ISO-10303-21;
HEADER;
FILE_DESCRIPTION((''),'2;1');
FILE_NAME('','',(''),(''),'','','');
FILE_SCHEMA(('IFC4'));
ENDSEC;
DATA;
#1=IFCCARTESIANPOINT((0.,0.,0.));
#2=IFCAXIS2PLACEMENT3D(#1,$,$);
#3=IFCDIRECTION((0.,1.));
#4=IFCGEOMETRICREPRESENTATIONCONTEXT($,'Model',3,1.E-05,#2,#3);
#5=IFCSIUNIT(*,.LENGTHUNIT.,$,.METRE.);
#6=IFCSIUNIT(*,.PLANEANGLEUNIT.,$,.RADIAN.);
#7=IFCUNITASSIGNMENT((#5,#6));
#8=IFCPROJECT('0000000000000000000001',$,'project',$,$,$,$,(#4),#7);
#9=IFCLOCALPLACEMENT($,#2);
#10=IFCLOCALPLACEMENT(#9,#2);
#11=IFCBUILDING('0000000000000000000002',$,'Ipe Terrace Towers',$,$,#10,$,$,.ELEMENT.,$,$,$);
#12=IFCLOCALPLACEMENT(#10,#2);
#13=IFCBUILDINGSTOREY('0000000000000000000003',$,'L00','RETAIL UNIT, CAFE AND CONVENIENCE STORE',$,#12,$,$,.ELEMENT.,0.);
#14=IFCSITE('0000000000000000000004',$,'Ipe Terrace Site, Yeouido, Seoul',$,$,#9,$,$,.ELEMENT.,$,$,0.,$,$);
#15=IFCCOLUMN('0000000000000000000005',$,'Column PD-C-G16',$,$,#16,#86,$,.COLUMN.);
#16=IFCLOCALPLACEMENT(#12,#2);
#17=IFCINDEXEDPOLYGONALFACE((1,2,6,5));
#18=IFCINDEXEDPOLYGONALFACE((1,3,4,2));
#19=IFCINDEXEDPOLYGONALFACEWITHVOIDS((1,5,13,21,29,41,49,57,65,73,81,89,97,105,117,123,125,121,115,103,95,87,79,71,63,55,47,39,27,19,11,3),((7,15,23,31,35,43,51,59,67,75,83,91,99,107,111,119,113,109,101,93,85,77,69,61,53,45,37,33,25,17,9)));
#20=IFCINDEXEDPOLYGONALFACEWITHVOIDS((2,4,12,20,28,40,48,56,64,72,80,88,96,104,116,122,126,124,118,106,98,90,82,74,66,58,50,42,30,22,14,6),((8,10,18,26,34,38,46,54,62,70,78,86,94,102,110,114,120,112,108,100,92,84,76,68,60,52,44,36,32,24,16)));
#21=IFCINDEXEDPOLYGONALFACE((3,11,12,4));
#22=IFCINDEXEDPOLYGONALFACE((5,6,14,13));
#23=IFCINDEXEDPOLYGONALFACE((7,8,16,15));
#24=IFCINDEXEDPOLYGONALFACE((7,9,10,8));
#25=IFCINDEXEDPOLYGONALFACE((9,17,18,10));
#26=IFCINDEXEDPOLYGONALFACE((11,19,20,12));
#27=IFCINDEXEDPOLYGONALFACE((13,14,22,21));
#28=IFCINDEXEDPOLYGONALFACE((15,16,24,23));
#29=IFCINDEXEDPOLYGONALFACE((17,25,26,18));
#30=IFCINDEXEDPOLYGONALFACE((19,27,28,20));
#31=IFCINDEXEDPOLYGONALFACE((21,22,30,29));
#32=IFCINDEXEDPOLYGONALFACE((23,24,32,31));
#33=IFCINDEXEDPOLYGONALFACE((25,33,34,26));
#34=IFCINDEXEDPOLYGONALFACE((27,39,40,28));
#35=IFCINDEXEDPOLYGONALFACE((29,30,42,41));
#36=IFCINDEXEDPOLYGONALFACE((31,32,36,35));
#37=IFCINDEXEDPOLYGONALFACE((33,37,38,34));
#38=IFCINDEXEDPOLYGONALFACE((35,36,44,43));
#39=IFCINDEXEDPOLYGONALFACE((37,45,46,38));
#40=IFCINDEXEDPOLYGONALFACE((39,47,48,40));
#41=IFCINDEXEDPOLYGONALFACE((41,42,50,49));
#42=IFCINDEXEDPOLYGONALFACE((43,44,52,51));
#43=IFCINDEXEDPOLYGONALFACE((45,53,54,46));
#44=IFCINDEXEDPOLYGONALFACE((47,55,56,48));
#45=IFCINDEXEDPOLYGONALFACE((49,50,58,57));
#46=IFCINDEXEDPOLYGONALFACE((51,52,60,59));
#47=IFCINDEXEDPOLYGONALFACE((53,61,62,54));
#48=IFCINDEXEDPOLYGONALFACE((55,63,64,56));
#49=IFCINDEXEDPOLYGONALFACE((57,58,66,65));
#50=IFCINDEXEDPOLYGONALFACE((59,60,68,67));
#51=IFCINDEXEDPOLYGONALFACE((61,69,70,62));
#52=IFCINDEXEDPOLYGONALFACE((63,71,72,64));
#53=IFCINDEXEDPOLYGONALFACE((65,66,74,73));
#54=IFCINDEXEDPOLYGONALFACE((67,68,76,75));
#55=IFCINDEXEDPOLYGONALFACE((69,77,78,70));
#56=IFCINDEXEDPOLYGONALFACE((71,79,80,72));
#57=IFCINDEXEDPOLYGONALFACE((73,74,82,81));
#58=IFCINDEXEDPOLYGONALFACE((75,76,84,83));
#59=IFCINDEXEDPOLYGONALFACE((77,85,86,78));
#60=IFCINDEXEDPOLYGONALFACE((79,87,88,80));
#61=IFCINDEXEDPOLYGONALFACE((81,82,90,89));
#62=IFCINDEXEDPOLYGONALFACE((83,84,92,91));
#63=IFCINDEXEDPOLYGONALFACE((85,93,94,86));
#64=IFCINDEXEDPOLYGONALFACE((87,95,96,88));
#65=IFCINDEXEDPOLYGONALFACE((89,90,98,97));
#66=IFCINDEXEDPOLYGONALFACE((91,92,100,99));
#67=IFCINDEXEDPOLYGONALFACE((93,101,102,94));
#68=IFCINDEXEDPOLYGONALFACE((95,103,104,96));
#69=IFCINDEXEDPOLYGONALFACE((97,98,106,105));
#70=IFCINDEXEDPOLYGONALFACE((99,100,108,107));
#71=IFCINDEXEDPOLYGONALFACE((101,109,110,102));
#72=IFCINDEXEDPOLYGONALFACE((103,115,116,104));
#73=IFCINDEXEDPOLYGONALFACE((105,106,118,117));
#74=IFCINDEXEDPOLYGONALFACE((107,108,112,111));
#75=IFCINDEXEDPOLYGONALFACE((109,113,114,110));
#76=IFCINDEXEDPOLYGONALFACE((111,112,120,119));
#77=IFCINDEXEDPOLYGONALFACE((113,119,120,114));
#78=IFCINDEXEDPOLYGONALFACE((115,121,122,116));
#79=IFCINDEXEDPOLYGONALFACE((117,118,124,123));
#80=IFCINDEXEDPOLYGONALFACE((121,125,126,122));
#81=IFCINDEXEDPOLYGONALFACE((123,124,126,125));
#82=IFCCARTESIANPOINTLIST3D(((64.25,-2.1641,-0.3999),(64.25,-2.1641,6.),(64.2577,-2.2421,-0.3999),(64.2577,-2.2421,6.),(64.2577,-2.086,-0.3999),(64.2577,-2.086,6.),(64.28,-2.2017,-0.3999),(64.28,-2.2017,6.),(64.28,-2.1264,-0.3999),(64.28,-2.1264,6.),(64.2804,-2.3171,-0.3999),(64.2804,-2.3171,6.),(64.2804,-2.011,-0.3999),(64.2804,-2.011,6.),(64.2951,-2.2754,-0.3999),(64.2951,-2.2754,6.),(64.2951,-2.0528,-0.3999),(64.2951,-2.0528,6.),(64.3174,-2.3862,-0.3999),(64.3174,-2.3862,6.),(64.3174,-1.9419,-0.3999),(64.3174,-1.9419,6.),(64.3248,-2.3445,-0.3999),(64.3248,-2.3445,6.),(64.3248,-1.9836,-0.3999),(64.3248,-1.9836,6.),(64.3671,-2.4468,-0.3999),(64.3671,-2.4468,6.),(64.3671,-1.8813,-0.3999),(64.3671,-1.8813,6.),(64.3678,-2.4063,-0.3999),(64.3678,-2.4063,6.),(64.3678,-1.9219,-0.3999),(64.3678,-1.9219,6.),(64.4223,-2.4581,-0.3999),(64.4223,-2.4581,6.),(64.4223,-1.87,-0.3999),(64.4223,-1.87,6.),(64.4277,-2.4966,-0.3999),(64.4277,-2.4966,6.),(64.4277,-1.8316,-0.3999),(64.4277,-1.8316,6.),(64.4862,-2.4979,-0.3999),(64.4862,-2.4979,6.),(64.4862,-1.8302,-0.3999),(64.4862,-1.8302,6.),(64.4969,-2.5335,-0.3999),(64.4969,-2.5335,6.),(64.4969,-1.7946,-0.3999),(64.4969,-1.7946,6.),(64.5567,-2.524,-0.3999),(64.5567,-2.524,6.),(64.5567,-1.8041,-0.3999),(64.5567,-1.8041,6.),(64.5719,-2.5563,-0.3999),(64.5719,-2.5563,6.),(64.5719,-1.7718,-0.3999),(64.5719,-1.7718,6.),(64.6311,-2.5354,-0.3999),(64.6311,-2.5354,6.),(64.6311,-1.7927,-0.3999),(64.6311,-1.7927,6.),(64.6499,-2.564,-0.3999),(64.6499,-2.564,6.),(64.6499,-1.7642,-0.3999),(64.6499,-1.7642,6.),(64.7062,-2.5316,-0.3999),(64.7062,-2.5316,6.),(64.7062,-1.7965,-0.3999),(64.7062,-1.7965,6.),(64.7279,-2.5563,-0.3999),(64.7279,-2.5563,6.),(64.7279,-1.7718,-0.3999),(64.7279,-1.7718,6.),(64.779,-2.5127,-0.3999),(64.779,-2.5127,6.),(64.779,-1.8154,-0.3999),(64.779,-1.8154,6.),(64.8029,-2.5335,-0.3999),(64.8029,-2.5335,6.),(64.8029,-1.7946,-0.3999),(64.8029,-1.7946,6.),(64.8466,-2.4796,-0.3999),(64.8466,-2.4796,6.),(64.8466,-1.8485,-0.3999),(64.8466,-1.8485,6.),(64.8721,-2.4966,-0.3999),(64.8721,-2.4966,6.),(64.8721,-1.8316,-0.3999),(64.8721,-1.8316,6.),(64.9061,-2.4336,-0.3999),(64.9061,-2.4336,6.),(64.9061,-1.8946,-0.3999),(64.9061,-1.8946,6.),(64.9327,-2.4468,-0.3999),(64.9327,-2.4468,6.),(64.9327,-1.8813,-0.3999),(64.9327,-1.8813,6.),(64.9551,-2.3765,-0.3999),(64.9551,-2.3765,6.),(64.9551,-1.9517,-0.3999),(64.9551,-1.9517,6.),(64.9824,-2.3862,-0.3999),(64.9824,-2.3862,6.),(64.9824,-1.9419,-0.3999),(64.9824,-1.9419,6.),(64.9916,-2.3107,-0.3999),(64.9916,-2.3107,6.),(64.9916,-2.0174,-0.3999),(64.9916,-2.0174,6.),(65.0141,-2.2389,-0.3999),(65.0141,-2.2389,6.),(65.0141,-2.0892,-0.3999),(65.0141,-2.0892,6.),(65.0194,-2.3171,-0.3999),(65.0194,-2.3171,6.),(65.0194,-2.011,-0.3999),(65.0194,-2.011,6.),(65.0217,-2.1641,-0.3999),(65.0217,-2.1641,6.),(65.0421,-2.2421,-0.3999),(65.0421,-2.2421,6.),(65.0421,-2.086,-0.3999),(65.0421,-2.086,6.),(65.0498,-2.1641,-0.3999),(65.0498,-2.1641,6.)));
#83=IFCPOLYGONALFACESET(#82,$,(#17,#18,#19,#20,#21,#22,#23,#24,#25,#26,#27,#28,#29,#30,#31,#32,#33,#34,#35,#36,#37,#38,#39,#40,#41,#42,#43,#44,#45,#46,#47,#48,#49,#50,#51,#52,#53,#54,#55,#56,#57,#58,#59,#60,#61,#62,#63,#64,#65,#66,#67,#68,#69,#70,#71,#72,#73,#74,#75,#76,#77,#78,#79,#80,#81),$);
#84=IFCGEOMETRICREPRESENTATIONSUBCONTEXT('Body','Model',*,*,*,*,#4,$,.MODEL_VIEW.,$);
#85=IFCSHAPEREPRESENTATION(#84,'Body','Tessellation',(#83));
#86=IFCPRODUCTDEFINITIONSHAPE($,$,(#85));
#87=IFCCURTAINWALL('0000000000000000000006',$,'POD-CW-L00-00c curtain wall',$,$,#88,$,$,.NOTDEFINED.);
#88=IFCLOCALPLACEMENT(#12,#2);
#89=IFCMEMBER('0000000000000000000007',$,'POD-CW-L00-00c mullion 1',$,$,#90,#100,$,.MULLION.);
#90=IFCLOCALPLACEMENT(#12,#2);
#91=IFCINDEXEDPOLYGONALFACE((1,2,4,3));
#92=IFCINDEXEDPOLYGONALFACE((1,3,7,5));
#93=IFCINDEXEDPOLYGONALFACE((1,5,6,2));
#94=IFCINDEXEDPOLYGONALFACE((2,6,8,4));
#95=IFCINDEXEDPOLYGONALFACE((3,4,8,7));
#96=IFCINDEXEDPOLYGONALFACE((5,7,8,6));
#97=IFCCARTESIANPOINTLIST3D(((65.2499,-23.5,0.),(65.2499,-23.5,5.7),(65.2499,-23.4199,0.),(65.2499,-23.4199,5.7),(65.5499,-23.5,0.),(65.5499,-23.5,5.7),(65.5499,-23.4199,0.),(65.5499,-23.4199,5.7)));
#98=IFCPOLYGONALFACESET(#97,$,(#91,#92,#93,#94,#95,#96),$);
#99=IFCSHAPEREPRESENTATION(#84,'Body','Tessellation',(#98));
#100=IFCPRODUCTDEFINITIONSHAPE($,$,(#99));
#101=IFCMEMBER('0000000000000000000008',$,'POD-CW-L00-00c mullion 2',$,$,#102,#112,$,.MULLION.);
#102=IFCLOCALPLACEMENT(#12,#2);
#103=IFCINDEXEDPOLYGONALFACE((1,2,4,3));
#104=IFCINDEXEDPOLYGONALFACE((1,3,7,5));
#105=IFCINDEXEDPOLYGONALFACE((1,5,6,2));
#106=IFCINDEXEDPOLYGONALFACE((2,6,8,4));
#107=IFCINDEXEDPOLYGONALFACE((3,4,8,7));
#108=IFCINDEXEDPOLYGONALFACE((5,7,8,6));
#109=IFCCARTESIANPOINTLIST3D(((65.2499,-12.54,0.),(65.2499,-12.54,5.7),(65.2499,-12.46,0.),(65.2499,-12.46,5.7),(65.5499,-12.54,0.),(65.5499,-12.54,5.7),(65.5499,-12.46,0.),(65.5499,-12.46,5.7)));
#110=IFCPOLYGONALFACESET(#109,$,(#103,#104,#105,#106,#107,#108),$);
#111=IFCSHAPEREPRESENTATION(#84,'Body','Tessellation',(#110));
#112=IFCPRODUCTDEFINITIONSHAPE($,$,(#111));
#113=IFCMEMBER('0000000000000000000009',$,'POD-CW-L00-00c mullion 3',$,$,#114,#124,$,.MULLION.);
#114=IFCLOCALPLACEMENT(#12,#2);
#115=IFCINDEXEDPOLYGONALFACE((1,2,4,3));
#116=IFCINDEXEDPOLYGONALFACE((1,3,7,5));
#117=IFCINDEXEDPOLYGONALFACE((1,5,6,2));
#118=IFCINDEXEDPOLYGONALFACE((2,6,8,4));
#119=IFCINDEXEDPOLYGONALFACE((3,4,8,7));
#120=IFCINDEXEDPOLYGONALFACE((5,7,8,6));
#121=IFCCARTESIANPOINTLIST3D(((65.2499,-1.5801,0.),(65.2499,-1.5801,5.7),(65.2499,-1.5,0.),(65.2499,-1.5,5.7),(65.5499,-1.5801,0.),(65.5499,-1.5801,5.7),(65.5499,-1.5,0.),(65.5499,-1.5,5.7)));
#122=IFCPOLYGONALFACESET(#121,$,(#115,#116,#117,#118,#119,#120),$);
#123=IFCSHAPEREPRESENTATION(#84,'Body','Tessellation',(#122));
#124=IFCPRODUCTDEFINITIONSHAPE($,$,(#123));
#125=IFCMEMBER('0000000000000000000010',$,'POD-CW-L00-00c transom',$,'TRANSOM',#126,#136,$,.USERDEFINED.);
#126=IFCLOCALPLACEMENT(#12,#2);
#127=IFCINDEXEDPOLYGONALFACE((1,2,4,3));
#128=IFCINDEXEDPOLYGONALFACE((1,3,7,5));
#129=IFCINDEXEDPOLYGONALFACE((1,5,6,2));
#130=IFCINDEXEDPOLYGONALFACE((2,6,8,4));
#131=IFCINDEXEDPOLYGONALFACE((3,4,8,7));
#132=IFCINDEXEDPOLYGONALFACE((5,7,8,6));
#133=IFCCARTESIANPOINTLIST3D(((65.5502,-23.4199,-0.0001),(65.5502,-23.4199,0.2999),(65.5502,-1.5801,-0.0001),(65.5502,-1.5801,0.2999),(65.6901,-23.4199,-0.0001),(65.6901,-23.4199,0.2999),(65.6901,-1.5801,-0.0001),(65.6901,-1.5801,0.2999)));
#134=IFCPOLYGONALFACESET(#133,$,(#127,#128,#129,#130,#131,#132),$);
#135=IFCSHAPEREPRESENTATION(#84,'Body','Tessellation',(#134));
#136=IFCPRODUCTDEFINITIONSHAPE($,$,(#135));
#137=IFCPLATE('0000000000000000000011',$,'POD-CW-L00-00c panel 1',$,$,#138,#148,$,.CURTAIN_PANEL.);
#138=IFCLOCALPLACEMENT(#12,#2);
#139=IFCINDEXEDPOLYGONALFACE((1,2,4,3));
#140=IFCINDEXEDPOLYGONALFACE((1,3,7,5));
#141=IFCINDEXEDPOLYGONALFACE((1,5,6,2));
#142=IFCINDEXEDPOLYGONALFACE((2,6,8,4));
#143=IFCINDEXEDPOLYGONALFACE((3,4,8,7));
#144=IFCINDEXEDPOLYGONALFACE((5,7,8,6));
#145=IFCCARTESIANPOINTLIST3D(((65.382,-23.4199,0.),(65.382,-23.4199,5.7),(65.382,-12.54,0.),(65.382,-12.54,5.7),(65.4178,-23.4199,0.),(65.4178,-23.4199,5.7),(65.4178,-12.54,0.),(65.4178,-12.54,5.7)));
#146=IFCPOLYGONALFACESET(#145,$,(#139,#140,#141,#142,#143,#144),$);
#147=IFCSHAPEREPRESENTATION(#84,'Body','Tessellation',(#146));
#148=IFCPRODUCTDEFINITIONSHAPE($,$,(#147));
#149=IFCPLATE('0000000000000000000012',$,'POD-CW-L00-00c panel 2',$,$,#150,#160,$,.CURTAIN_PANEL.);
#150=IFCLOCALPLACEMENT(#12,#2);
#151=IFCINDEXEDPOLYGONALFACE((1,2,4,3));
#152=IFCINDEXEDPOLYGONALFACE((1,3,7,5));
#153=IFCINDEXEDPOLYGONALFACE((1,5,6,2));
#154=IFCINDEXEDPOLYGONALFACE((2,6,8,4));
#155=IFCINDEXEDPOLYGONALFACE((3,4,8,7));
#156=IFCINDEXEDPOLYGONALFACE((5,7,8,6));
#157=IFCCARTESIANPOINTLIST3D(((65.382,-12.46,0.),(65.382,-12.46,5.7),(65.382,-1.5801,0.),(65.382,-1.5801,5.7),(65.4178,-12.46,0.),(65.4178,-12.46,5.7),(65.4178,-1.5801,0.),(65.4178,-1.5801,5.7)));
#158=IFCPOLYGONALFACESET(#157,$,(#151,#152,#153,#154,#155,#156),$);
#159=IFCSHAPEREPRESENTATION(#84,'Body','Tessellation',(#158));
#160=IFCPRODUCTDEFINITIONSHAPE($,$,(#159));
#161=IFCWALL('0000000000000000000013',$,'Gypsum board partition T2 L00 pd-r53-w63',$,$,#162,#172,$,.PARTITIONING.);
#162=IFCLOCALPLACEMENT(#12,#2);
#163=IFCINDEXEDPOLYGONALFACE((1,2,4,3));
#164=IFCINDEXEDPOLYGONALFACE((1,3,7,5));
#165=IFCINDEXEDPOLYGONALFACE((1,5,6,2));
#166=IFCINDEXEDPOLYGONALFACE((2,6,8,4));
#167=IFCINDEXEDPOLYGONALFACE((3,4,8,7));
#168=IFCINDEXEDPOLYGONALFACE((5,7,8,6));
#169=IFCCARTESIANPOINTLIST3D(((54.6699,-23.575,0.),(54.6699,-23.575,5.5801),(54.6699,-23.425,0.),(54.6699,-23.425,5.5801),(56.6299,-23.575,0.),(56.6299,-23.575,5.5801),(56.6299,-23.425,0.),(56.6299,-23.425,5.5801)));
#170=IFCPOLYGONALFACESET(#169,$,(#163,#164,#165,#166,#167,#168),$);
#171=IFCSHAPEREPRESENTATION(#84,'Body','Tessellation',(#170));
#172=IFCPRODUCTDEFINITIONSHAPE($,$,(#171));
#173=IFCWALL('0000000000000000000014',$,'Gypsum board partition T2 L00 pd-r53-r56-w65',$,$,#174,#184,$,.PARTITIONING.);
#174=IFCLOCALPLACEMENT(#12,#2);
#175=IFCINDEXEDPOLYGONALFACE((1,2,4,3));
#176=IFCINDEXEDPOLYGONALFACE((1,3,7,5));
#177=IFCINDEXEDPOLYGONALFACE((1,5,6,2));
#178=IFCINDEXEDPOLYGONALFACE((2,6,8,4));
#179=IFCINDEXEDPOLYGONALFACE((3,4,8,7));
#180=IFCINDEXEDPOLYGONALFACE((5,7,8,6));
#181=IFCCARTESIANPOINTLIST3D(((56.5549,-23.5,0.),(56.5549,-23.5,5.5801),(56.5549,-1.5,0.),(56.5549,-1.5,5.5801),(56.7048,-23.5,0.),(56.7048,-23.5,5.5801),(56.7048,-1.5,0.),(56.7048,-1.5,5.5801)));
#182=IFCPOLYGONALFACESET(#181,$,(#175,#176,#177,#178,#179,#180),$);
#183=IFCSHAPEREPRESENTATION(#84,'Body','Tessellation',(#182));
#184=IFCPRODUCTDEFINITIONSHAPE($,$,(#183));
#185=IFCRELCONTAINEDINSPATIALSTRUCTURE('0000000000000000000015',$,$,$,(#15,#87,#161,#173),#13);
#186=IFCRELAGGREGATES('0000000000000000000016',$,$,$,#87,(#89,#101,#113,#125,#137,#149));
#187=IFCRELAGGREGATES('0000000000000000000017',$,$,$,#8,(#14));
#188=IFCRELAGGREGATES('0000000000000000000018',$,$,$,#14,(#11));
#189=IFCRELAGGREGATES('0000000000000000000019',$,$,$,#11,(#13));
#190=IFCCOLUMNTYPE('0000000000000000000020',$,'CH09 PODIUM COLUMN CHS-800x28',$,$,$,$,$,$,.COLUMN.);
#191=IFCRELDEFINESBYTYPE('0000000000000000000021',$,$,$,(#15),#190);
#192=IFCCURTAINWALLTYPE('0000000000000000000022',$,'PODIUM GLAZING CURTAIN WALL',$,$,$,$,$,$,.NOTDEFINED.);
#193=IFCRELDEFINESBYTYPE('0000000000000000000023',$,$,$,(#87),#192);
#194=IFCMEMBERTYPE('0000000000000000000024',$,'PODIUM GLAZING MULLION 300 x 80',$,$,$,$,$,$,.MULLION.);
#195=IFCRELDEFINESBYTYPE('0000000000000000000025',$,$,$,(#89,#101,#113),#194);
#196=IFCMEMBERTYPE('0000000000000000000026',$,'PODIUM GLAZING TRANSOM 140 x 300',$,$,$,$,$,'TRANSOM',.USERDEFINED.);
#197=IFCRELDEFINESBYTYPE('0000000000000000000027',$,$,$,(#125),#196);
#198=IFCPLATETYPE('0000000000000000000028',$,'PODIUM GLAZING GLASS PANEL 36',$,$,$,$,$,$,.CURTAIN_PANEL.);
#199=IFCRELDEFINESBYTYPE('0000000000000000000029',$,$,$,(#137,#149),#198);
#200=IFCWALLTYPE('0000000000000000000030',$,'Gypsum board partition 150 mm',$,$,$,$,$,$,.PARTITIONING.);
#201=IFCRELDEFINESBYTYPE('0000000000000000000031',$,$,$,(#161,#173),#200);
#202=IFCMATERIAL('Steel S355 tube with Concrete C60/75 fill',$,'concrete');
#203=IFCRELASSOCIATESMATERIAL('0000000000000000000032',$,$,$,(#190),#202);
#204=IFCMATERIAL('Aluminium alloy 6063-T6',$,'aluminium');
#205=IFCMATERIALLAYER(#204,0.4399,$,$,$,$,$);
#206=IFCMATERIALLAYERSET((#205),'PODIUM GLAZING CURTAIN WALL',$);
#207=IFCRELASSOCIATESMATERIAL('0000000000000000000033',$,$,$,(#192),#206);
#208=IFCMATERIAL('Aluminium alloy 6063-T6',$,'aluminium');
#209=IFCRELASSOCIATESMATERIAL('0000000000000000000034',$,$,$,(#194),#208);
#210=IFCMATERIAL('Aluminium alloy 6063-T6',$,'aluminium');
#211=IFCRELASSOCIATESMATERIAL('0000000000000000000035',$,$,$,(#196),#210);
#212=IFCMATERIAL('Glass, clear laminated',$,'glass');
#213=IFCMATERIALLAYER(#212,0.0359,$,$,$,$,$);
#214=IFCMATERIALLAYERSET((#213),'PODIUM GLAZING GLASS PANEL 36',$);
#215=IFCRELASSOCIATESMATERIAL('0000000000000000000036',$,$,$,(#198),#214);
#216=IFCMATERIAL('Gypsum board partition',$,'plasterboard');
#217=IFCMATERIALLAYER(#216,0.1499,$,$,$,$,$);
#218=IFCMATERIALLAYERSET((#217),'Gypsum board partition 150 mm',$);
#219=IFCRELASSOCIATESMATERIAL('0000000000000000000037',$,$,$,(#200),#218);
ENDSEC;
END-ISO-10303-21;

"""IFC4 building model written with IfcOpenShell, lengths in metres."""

from ifc_helpers import new_model, si_unit, direction, frame, frame_2d, origin, origin_2d, place, context, subcontext, project, spatial, rectangle, hollow_circle, extrude, material, layer, layer_set, material_profile, profile_set, type_object, element, aggregate, save


model = new_model("IFC4")

# Units and contexts
model_context = context("Model", 3, precision=1e-05, world=origin(), true_north=direction((0.0, 1.0)))
body_context = subcontext(model_context, "Body", "Model", "MODEL_VIEW")
ifc_project = project(units=[si_unit("LENGTHUNIT", "METRE"), si_unit("PLANEANGLEUNIT", "RADIAN")], contexts=[model_context])

# Site, building, storey
site_placement = place(None, origin())
site = spatial("IfcSite", under=ifc_project, at=site_placement, Name="Ipe Terrace Site, Yeouido, Seoul", CompositionType="ELEMENT", RefElevation=0.0)
building_placement = place(site_placement, origin())
building = spatial("IfcBuilding", under=site, at=building_placement, Name="Ipe Terrace Towers", CompositionType="ELEMENT")
storey_placement = place(building_placement, origin())
storey = spatial("IfcBuildingStorey", under=building, at=storey_placement, Name="L00", Description="RETAIL UNIT, CAFE AND CONVENIENCE STORE", CompositionType="ELEMENT", Elevation=0.0)

# Column
ifc_material_1 = material(Name="Steel S355 tube with Concrete C60/75 fill", Category="concrete")
ifc_material_profile_1 = material_profile(ifc_material_1, hollow_circle(Radius=0.3999, WallThickness=0.0281, at=origin_2d()), Name="CHS-800x28")
ifc_profile_set_1 = profile_set([ifc_material_profile_1], Name="Steel S355 tube with Concrete C60/75 fill")
column_type_1 = type_object("IfcColumnType", Name="CH09 PODIUM COLUMN CHS-800x28", PredefinedType="COLUMN", material=ifc_profile_set_1)
for number, where, z_axis, x_axis, name in (
    (1, (64.6499, -2.1641, -0.3999), (0.0, 0.0, 1.0), (1.0, 0.0, 0.0), "Column PD-C-G16"),
):
    element("IfcColumn", number, at=place(storey_placement, frame(where, z_axis=z_axis, x_axis=x_axis)), inside=storey, type_object=column_type_1, Name=name, PredefinedType="COLUMN", context=body_context, shape_type="SweptSolid", body=[
        extrude(hollow_circle(Radius=0.3999, WallThickness=0.0281, at=origin_2d()), origin(), (0.0, 0.0, 1.0), 6.3999),
    ])

# Curtain wall, members, plates
ifc_material_2 = material(Name="Aluminium alloy 6063-T6", Category="aluminium")
ifc_layer_1 = layer(ifc_material_2, 0.4399)
ifc_layer_set_1 = layer_set([ifc_layer_1], Name="PODIUM GLAZING CURTAIN WALL")
curtain_wall_type = type_object("IfcCurtainWallType", Name="PODIUM GLAZING CURTAIN WALL", PredefinedType="NOTDEFINED", material=ifc_layer_set_1)
curtain_wall_placement = place(storey_placement, origin())
curtain_wall = element("IfcCurtainWall", 2, at=curtain_wall_placement, inside=storey, type_object=curtain_wall_type, Name="POD-CW-L00-00c curtain wall", PredefinedType="NOTDEFINED")
ifc_material_3 = material(Name="Aluminium alloy 6063-T6", Category="aluminium")
ifc_material_profile_2 = material_profile(ifc_material_3, rectangle(XDim=0.3, YDim=0.0801, at=origin_2d()), Name="PODIUM GLAZING MULLION 300 x 80")
ifc_profile_set_2 = profile_set([ifc_material_profile_2], Name="Aluminium alloy 6063-T6")
member_type_1 = type_object("IfcMemberType", Name="PODIUM GLAZING MULLION 300 x 80", PredefinedType="MULLION", material=ifc_profile_set_2)
member_1_placement = place(storey_placement, frame((65.3999, -23.46, 0.0), z_axis=(0.0, 0.0, 1.0), x_axis=(1.0, 0.0, 0.0)))
member_1 = element("IfcMember", 3, at=member_1_placement, type_object=member_type_1, Name="POD-CW-L00-00c mullion 1", PredefinedType="MULLION", context=body_context, shape_type="SweptSolid", body=[
    extrude(rectangle(XDim=0.3, YDim=0.0801, at=origin_2d()), origin(), (0.0, 0.0, 1.0), 5.7),
])
member_2_placement = place(storey_placement, frame((65.3999, -12.5, 0.0), z_axis=(0.0, 0.0, 1.0), x_axis=(1.0, 0.0, 0.0)))
member_2 = element("IfcMember", 4, at=member_2_placement, type_object=member_type_1, Name="POD-CW-L00-00c mullion 2", PredefinedType="MULLION", context=body_context, shape_type="SweptSolid", body=[
    extrude(rectangle(XDim=0.3, YDim=0.0801, at=origin_2d()), origin(), (0.0, 0.0, 1.0), 5.7),
])
member_3_placement = place(storey_placement, frame((65.3999, -1.54, 0.0), z_axis=(0.0, 0.0, 1.0), x_axis=(1.0, 0.0, 0.0)))
member_3 = element("IfcMember", 5, at=member_3_placement, type_object=member_type_1, Name="POD-CW-L00-00c mullion 3", PredefinedType="MULLION", context=body_context, shape_type="SweptSolid", body=[
    extrude(rectangle(XDim=0.3, YDim=0.0801, at=origin_2d()), origin(), (0.0, 0.0, 1.0), 5.7),
])
ifc_material_4 = material(Name="Aluminium alloy 6063-T6", Category="aluminium")
ifc_material_profile_3 = material_profile(ifc_material_4, rectangle(XDim=0.1399, YDim=0.3, at=origin_2d()), Name="PODIUM GLAZING TRANSOM 140 x 300")
ifc_profile_set_3 = profile_set([ifc_material_profile_3], Name="Aluminium alloy 6063-T6")
member_type_2 = type_object("IfcMemberType", Name="PODIUM GLAZING TRANSOM 140 x 300", ElementType="TRANSOM", PredefinedType="USERDEFINED", material=ifc_profile_set_3)
member_4_placement = place(storey_placement, frame((65.6201, -23.4199, 0.1499), z_axis=(0.0, 1.0, 0.0), x_axis=(1.0, 0.0, 0.0)))
member_4 = element("IfcMember", 6, at=member_4_placement, type_object=member_type_2, Name="POD-CW-L00-00c transom", ObjectType="TRANSOM", PredefinedType="USERDEFINED", context=body_context, shape_type="SweptSolid", body=[
    extrude(rectangle(XDim=0.1399, YDim=0.3, at=origin_2d()), origin(), (0.0, 0.0, 1.0), 21.8398),
])
ifc_material_5 = material(Name="Glass, clear laminated", Category="glass")
ifc_layer_2 = layer(ifc_material_5, 0.0359)
ifc_layer_set_2 = layer_set([ifc_layer_2], Name="PODIUM GLAZING GLASS PANEL 36")
plate_type = type_object("IfcPlateType", Name="PODIUM GLAZING GLASS PANEL 36", PredefinedType="CURTAIN_PANEL", material=ifc_layer_set_2)
plate_1_placement = place(storey_placement, frame((65.3999, -17.98, 0.0), z_axis=(0.0, 0.0, 1.0), x_axis=(0.0, 1.0, 0.0)))
plate_1 = element("IfcPlate", 7, at=plate_1_placement, type_object=plate_type, Name="POD-CW-L00-00c panel 1", PredefinedType="CURTAIN_PANEL", context=body_context, shape_type="SweptSolid", body=[
    extrude(rectangle(XDim=10.8799, YDim=0.0359, at=origin_2d()), origin(), (0.0, 0.0, 1.0), 5.7),
])
plate_2_placement = place(storey_placement, frame((65.3999, -7.02, 0.0), z_axis=(0.0, 0.0, 1.0), x_axis=(0.0, 1.0, 0.0)))
plate_2 = element("IfcPlate", 8, at=plate_2_placement, type_object=plate_type, Name="POD-CW-L00-00c panel 2", PredefinedType="CURTAIN_PANEL", context=body_context, shape_type="SweptSolid", body=[
    extrude(rectangle(XDim=10.8799, YDim=0.0359, at=origin_2d()), origin(), (0.0, 0.0, 1.0), 5.7),
])
aggregate(curtain_wall, [member_1, member_2, member_3, member_4, plate_1, plate_2])

# Walls
ifc_material_6 = material(Name="Gypsum board partition", Category="plasterboard")
ifc_layer_3 = layer(ifc_material_6, 0.1499)
ifc_layer_set_3 = layer_set([ifc_layer_3], Name="Gypsum board partition 150 mm")
wall_type_1 = type_object("IfcWallType", Name="Gypsum board partition 150 mm", PredefinedType="PARTITIONING", material=ifc_layer_set_3)
wall_1_placement = place(storey_placement, frame((56.6299, -23.5, 0.0), z_axis=(0.0, 0.0, 1.0), x_axis=(-1.0, 0.0, 0.0)))
element("IfcWall", 9, at=wall_1_placement, inside=storey, type_object=wall_type_1, Name="Gypsum board partition T2 L00 pd-r53-w63", PredefinedType="PARTITIONING", context=body_context, shape_type="SweptSolid", body=[
    extrude(rectangle(XDim=1.96, YDim=0.1499, at=frame_2d((0.98, 0.0))), origin(), (0.0, 0.0, 1.0), 5.5801),
])
wall_2_placement = place(storey_placement, frame((56.6299, -1.5, 0.0), z_axis=(0.0, 0.0, 1.0), x_axis=(0.0, -1.0, 0.0)))
element("IfcWall", 10, at=wall_2_placement, inside=storey, type_object=wall_type_1, Name="Gypsum board partition T2 L00 pd-r53-r56-w65", PredefinedType="PARTITIONING", context=body_context, shape_type="SweptSolid", body=[
    extrude(rectangle(XDim=22.0, YDim=0.1499, at=frame_2d((11.0, 0.0))), origin(), (0.0, 0.0, 1.0), 5.5801),
])

save(model, "model.ifc")
